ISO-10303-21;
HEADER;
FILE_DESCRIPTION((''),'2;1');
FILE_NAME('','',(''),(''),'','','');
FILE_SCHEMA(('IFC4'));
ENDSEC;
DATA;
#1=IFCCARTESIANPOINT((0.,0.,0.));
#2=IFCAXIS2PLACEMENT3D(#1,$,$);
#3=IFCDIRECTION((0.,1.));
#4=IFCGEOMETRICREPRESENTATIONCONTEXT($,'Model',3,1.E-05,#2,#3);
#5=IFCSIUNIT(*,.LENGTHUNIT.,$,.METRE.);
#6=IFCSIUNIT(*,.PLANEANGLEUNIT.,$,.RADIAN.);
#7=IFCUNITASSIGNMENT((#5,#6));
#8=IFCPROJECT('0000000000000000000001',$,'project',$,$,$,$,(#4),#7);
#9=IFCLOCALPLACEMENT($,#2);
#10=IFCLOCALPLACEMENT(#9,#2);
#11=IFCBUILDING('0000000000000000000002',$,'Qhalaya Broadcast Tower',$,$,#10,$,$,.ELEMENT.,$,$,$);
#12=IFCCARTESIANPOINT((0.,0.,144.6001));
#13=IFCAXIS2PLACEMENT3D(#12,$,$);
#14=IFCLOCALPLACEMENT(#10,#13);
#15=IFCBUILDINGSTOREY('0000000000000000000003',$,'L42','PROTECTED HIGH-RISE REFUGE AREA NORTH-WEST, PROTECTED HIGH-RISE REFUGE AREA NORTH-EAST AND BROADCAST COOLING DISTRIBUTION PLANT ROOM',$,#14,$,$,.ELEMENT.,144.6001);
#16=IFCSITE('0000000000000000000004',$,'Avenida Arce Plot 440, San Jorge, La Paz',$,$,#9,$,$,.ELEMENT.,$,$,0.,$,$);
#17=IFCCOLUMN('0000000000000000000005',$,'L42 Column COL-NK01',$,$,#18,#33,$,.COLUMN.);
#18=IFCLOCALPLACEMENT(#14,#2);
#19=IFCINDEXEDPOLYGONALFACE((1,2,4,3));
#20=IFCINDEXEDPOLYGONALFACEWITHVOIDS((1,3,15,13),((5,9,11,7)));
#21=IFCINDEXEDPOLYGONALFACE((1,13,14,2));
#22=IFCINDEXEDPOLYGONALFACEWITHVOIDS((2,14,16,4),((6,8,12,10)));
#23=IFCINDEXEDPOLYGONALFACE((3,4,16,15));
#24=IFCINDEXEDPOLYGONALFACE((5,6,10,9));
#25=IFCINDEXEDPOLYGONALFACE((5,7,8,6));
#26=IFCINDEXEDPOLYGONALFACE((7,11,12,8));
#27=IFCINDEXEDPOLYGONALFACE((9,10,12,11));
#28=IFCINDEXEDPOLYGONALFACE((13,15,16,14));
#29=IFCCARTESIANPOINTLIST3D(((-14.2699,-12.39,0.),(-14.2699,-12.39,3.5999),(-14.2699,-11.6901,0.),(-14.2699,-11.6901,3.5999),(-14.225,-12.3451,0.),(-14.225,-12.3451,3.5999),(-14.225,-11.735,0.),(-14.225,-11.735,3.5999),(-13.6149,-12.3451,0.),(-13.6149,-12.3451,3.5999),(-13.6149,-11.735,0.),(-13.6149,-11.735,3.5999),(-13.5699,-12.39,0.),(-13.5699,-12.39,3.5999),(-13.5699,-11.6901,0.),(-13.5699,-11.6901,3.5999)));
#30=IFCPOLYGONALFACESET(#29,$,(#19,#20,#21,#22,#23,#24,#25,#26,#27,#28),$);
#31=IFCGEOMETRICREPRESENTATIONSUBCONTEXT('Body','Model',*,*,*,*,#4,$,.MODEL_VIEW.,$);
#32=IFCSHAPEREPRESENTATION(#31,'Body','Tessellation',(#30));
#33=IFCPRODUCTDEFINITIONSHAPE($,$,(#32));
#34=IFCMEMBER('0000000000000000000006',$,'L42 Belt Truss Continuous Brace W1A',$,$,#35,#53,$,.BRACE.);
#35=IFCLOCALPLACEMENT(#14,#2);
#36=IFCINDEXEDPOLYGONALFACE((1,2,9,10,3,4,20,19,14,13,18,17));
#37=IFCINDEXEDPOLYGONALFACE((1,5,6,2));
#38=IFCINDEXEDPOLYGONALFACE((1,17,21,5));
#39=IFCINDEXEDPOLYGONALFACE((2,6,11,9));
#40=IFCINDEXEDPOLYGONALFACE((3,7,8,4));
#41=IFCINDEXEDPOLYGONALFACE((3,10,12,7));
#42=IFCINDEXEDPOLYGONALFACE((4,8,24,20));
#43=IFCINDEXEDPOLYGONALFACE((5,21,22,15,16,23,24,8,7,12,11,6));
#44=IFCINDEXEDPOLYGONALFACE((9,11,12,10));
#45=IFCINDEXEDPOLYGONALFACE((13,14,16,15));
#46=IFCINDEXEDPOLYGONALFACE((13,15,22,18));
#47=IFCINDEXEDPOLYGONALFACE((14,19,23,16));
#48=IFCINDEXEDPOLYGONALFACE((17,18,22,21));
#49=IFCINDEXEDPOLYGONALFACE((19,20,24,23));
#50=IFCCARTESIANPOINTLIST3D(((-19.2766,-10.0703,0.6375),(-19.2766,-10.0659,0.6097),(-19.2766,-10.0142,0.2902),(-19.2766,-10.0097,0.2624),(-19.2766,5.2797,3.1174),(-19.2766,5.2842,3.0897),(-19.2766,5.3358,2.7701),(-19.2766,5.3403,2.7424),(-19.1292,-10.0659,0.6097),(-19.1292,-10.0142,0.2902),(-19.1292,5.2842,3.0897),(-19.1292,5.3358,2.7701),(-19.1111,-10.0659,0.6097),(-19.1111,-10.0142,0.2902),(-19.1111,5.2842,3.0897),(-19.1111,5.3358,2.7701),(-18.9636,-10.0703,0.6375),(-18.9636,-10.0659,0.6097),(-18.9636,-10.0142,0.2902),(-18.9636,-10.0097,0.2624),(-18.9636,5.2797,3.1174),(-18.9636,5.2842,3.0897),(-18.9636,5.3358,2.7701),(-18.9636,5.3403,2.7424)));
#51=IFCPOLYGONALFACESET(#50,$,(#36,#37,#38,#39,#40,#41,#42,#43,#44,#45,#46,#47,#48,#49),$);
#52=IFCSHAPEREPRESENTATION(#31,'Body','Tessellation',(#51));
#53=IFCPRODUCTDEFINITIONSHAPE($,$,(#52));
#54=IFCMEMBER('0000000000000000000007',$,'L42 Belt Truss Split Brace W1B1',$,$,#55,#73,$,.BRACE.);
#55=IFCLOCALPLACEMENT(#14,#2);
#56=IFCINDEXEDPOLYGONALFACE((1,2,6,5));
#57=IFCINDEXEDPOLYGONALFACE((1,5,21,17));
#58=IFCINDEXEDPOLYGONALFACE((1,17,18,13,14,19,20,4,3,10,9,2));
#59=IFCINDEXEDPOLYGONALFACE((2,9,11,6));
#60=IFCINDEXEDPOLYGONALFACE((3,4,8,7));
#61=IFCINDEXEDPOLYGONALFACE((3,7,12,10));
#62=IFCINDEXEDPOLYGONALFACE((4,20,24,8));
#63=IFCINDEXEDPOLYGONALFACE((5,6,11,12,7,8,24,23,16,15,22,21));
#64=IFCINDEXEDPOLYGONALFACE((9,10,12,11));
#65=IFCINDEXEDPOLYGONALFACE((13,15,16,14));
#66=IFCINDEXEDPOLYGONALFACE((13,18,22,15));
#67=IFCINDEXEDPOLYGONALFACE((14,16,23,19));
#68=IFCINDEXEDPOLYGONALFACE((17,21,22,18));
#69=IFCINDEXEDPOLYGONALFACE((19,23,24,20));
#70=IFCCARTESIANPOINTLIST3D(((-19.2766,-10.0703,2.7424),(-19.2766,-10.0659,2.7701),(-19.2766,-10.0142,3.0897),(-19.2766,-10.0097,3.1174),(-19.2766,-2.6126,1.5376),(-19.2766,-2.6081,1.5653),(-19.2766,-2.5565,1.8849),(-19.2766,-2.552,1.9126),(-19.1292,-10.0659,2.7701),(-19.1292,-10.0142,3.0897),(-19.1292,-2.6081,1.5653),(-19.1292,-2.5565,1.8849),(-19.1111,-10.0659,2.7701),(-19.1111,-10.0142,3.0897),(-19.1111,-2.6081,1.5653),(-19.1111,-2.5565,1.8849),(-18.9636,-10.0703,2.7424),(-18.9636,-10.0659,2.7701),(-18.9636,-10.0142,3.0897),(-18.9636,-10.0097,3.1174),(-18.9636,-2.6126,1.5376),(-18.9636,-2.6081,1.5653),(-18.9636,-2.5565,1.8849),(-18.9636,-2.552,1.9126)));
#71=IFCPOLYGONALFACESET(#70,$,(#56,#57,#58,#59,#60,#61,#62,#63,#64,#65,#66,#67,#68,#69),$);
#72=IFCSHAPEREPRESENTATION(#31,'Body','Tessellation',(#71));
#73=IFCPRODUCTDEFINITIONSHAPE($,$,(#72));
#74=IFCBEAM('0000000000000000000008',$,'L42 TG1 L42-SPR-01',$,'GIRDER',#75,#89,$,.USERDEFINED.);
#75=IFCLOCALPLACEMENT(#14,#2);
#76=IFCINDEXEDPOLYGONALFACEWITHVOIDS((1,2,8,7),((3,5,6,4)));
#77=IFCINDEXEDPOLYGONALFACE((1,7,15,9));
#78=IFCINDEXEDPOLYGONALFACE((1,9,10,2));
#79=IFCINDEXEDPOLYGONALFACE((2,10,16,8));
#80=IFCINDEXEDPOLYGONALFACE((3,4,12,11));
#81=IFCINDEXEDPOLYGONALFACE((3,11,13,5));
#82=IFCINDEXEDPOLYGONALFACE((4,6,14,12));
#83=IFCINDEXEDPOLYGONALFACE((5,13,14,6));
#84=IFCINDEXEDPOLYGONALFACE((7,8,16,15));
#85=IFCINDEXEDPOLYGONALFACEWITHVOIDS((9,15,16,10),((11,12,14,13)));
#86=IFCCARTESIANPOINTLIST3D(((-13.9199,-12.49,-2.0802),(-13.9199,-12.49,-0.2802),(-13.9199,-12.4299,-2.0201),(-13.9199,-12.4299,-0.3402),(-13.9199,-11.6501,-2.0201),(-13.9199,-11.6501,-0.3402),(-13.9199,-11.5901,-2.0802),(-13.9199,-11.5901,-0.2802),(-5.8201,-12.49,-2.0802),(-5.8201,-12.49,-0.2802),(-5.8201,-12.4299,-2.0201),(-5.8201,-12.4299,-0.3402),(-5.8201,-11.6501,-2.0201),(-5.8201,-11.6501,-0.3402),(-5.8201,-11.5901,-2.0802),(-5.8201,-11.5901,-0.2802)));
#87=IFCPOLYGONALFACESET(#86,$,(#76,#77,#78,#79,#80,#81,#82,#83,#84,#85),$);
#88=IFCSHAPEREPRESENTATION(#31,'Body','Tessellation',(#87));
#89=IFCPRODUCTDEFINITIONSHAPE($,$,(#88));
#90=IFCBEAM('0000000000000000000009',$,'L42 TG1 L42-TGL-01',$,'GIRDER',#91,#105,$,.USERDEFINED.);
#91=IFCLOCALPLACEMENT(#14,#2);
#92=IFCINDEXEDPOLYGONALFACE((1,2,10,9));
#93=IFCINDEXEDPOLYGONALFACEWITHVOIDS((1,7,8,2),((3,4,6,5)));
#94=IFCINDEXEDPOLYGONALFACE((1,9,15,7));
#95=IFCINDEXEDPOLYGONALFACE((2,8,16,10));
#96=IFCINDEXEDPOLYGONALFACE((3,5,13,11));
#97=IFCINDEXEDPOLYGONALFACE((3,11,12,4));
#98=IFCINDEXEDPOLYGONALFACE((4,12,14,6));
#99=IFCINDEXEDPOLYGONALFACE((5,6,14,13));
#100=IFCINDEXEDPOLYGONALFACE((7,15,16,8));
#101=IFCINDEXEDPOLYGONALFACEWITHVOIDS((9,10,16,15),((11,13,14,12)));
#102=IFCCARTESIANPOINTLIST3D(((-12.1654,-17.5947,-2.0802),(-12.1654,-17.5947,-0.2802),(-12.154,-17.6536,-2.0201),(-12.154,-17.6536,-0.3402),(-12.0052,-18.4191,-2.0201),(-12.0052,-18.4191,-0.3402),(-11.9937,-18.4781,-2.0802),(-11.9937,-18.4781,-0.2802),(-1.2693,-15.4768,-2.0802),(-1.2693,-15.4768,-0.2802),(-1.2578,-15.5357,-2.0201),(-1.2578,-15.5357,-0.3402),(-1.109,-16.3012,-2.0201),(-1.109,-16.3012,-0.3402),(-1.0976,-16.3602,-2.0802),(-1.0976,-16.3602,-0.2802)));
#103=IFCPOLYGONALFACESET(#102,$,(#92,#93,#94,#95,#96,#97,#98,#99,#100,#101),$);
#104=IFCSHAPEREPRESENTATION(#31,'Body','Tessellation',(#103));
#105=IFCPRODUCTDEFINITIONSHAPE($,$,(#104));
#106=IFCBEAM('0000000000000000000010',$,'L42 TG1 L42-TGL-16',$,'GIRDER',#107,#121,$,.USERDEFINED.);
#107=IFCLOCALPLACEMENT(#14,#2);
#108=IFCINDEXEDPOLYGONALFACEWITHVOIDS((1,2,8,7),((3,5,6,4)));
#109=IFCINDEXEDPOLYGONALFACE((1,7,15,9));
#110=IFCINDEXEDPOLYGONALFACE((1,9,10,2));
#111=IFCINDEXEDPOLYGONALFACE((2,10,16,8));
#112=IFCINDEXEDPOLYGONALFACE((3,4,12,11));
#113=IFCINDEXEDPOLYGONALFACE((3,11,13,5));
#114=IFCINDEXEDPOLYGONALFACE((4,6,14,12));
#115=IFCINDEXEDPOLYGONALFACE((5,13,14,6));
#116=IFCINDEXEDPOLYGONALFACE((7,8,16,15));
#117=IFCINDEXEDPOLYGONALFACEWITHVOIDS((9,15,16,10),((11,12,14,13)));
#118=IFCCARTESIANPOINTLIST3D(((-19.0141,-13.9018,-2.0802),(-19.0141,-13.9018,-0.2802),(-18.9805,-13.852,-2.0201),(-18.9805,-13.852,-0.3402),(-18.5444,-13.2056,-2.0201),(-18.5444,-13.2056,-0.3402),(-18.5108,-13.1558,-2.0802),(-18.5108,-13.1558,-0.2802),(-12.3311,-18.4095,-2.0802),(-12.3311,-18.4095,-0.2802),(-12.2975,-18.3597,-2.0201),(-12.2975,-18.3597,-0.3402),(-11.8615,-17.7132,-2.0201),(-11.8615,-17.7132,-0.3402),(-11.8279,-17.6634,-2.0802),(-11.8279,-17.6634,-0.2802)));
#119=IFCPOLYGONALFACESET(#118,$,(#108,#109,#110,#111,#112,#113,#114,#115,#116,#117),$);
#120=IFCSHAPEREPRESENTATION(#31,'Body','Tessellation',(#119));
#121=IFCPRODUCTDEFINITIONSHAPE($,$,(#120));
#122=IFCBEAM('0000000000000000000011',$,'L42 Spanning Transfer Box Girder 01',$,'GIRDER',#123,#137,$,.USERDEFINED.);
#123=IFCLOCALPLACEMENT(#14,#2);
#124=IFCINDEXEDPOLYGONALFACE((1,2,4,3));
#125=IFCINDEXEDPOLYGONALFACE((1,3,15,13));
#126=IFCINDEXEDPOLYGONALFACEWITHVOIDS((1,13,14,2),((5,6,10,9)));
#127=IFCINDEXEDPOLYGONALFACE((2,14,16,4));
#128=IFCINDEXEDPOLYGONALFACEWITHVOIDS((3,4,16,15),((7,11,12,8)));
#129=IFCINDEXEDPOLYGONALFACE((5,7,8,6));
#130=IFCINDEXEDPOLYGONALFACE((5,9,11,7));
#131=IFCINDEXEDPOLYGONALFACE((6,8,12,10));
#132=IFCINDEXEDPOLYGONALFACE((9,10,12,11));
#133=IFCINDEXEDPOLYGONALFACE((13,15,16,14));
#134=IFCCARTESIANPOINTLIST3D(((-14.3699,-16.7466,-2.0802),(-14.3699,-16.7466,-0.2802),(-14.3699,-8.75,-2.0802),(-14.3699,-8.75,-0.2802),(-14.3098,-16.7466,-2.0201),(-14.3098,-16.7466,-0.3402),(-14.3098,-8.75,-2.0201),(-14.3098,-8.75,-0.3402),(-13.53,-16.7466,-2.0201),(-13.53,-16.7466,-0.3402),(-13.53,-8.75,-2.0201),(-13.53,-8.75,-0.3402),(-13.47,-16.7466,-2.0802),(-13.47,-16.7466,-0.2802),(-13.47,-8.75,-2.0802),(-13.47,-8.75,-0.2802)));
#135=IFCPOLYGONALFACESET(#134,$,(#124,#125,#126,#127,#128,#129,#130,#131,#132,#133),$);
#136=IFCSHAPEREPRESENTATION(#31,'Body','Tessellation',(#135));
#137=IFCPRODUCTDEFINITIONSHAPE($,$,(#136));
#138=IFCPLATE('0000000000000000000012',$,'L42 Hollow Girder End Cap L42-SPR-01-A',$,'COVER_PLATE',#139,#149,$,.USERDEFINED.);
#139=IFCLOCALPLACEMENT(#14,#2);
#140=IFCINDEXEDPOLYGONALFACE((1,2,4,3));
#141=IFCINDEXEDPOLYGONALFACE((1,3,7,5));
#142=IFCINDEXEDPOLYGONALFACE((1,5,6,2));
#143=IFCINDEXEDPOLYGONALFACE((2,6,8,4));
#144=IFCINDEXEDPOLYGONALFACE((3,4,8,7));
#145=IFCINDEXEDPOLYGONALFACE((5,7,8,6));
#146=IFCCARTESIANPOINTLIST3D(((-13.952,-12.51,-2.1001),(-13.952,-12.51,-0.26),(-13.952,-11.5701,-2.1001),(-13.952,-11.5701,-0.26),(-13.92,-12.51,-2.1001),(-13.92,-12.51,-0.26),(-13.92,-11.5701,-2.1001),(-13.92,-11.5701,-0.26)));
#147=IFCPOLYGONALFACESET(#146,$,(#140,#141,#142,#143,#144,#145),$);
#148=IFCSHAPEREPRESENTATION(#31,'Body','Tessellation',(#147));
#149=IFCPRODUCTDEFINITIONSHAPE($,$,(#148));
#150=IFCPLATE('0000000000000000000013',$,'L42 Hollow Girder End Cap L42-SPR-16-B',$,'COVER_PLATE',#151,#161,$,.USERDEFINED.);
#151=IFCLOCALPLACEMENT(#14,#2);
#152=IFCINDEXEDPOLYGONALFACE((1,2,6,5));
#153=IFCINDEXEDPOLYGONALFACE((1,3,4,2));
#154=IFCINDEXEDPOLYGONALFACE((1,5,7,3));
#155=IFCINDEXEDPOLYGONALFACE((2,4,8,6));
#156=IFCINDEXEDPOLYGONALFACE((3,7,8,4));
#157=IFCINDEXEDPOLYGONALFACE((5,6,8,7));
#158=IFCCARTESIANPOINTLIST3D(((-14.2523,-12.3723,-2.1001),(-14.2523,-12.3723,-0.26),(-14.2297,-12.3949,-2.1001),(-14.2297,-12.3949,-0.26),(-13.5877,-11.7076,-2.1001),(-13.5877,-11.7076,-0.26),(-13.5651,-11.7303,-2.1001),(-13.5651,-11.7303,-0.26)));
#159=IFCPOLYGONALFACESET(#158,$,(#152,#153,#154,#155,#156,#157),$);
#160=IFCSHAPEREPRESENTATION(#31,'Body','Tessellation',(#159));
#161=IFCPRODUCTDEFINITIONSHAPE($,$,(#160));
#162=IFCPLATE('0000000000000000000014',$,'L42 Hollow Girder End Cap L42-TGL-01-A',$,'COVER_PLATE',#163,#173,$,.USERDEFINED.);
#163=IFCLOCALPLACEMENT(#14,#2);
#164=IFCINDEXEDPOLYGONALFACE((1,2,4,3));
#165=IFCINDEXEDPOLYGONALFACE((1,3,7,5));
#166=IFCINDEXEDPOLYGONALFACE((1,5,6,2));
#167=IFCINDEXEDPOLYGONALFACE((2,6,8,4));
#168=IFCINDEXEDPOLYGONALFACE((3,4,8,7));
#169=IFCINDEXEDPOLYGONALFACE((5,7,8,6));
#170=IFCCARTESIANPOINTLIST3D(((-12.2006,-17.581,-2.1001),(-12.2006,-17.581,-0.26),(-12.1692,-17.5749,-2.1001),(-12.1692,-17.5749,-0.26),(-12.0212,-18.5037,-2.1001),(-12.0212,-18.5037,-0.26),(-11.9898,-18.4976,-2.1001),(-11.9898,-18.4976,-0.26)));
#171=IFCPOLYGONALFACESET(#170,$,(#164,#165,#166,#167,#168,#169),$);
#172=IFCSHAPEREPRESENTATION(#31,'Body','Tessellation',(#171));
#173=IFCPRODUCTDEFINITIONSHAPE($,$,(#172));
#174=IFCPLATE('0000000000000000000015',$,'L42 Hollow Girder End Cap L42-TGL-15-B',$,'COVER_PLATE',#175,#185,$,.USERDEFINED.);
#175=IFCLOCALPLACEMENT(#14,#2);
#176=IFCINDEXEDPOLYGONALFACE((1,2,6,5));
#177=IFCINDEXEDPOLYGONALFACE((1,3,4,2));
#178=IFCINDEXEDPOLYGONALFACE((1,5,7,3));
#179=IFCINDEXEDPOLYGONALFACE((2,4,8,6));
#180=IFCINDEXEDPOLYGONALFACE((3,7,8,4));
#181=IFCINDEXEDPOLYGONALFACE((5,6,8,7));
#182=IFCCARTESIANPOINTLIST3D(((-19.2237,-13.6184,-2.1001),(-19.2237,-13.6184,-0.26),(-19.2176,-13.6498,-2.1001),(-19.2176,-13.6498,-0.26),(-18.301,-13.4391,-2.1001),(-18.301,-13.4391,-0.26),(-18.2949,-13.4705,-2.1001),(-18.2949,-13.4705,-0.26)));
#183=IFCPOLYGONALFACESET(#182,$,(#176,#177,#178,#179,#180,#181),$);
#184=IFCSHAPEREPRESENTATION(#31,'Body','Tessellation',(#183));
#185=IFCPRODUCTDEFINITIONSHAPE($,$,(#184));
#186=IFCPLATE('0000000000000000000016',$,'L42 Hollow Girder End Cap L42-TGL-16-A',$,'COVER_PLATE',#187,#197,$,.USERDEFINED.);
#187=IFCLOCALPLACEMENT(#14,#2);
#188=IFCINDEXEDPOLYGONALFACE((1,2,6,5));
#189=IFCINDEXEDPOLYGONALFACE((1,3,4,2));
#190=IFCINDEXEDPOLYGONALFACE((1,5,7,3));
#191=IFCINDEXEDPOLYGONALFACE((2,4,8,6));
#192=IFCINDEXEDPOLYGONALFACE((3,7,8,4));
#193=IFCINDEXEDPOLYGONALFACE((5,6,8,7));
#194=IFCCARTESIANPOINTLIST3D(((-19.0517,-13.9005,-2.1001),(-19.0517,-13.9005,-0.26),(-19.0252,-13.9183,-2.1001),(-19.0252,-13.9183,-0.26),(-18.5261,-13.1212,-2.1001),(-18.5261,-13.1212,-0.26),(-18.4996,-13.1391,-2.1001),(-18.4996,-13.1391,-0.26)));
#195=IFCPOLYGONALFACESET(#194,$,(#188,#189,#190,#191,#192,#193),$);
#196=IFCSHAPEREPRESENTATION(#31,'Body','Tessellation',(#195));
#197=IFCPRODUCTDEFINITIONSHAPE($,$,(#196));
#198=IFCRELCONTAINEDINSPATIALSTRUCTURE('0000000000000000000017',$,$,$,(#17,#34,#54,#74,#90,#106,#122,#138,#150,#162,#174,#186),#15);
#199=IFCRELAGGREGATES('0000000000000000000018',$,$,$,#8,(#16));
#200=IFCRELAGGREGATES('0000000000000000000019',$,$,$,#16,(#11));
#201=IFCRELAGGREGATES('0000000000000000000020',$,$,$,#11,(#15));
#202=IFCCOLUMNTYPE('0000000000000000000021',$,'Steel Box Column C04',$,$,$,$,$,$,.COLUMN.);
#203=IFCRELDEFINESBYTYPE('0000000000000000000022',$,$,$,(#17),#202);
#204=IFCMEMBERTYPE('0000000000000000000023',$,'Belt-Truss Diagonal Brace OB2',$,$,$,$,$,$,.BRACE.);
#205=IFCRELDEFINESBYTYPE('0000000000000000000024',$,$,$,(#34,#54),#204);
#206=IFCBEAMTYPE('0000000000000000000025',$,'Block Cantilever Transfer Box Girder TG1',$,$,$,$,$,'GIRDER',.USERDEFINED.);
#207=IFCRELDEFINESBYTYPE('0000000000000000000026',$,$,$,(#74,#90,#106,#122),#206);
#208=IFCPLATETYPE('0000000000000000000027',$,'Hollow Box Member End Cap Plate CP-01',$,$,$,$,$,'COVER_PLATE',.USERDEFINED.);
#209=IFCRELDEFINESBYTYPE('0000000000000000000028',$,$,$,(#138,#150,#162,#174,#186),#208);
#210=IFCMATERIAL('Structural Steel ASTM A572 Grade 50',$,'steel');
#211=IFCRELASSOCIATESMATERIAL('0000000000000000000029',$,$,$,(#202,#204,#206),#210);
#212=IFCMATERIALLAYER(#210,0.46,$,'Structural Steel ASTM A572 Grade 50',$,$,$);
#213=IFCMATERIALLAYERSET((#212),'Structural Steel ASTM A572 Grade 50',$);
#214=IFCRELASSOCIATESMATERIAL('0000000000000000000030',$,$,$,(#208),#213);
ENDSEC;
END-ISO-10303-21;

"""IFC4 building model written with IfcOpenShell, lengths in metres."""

from ifc_helpers import new_model, si_unit, direction, frame, origin, origin_2d, place, context, subcontext, project, spatial, rectangle, hollow_rectangle, i_section, extrude, material, layer, layer_set, material_profile, profile_set, type_object, element, save


model = new_model("IFC4")

# Units and contexts
model_context = context("Model", 3, precision=1e-05, world=origin(), true_north=direction((0.0, 1.0)))
body_context = subcontext(model_context, "Body", "Model", "MODEL_VIEW")
ifc_project = project(units=[si_unit("LENGTHUNIT", "METRE"), si_unit("PLANEANGLEUNIT", "RADIAN")], contexts=[model_context])

# Site, building, storey
site_placement = place(None, origin())
site = spatial("IfcSite", under=ifc_project, at=site_placement, Name="Avenida Arce Plot 440, San Jorge, La Paz", CompositionType="ELEMENT", RefElevation=0.0)
building_placement = place(site_placement, origin())
building = spatial("IfcBuilding", under=site, at=building_placement, Name="Qhalaya Broadcast Tower", CompositionType="ELEMENT")
storey_placement = place(building_placement, frame((0.0, 0.0, 144.6001)))
storey = spatial("IfcBuildingStorey", under=building, at=storey_placement, Name="L42", Description="PROTECTED HIGH-RISE REFUGE AREA NORTH-WEST, PROTECTED HIGH-RISE REFUGE AREA NORTH-EAST AND BROADCAST COOLING DISTRIBUTION PLANT ROOM", CompositionType="ELEMENT", Elevation=144.6001)

# Column
ifc_material_1 = material(Name="Structural Steel ASTM A572 Grade 50", Category="steel")
ifc_material_profile_1 = material_profile(ifc_material_1, hollow_rectangle(XDim=0.7, YDim=0.7, WallThickness=0.0449, at=origin_2d()), Name="BOX 700x700x45")
ifc_profile_set_1 = profile_set([ifc_material_profile_1], Name="Structural Steel ASTM A572 Grade 50")
column_type = type_object("IfcColumnType", Name="Steel Box Column C04", PredefinedType="COLUMN", material=ifc_profile_set_1)
column_placement = place(storey_placement, frame((-13.9199, -12.04, 0.0), z_axis=(0.0, 0.0, 1.0), x_axis=(1.0, 0.0, 0.0)))
element("IfcColumn", 1, at=column_placement, inside=storey, type_object=column_type, Name="L42 Column COL-NK01", PredefinedType="COLUMN", context=body_context, shape_type="SweptSolid", body=[
    extrude(hollow_rectangle(XDim=0.7, YDim=0.7, WallThickness=0.0449, at=origin_2d()), origin(), (0.0, 0.0, 1.0), 3.5999),
])

# Members
ifc_material_profile_2 = material_profile(ifc_material_1, i_section(OverallWidth=0.313, OverallDepth=0.3799, WebThickness=0.0181, FlangeThickness=0.0281, at=origin_2d()), Name="W12X120")
ifc_profile_set_2 = profile_set([ifc_material_profile_2], Name="Structural Steel ASTM A572 Grade 50")
member_type = type_object("IfcMemberType", Name="Belt-Truss Diagonal Brace OB2", PredefinedType="BRACE", material=ifc_profile_set_2)
member_1_placement = place(storey_placement, frame((-19.1201, -10.04, 0.45), z_axis=(0.0, 0.987199, 0.159493), x_axis=(-1.0, 0.0, 0.0)))
element("IfcMember", 2, at=member_1_placement, inside=storey, type_object=member_type, Name="L42 Belt Truss Continuous Brace W1A", PredefinedType="BRACE", context=body_context, shape_type="SweptSolid", body=[
    extrude(i_section(OverallWidth=0.313, OverallDepth=0.3799, WebThickness=0.0181, FlangeThickness=0.0281, at=origin_2d()), origin(), (0.0, 0.0, 1.0), 15.5491),
])
member_2_placement = place(storey_placement, frame((-19.1201, -10.04, 2.9299), z_axis=(0.0, 0.9872, -0.159486), x_axis=(-1.0, 0.0, 0.0)))
element("IfcMember", 3, at=member_2_placement, inside=storey, type_object=member_type, Name="L42 Belt Truss Split Brace W1B1", PredefinedType="BRACE", context=body_context, shape_type="SweptSolid", body=[
    extrude(i_section(OverallWidth=0.313, OverallDepth=0.3799, WebThickness=0.0181, FlangeThickness=0.0281, at=origin_2d()), origin(), (0.0, 0.0, 1.0), 7.5544),
])

# Beams
ifc_material_profile_3 = material_profile(ifc_material_1, hollow_rectangle(XDim=0.8999, YDim=1.8, WallThickness=0.0601, at=origin_2d()), Name="BOX 900x1800x60")
ifc_profile_set_3 = profile_set([ifc_material_profile_3], Name="Structural Steel ASTM A572 Grade 50")
beam_type = type_object("IfcBeamType", Name="Block Cantilever Transfer Box Girder TG1", ElementType="GIRDER", PredefinedType="USERDEFINED", material=ifc_profile_set_3)
beam_1_placement = place(storey_placement, frame((-13.9199, -12.04, -1.1802), z_axis=(1.0, 0.0, 0.0), x_axis=(0.0, 1.0, 0.0)))
element("IfcBeam", 4, at=beam_1_placement, inside=storey, type_object=beam_type, Name="L42 TG1 L42-SPR-01", ObjectType="GIRDER", PredefinedType="USERDEFINED", context=body_context, shape_type="SweptSolid", body=[
    extrude(hollow_rectangle(XDim=0.8999, YDim=1.8, WallThickness=0.0601, at=origin_2d()), origin(), (0.0, 0.0, 1.0), 8.0999),
])
beam_2_placement = place(storey_placement, frame((-12.0796, -18.0364, -1.1802), z_axis=(0.981629, 0.190801, 0.0), x_axis=(-0.190801, 0.981629, 0.0)))
element("IfcBeam", 5, at=beam_2_placement, inside=storey, type_object=beam_type, Name="L42 TG1 L42-TGL-01", ObjectType="GIRDER", PredefinedType="USERDEFINED", context=body_context, shape_type="SweptSolid", body=[
    extrude(hollow_rectangle(XDim=0.8999, YDim=1.8, WallThickness=0.0601, at=origin_2d()), origin(), (0.0, 0.0, 1.0), 11.1001),
])
beam_3_placement = place(storey_placement, frame((-18.7625, -13.5288, -1.1802), z_axis=(0.829042, -0.559186, 0.0), x_axis=(0.559186, 0.829042, 0.0)))
element("IfcBeam", 6, at=beam_3_placement, inside=storey, type_object=beam_type, Name="L42 TG1 L42-TGL-16", ObjectType="GIRDER", PredefinedType="USERDEFINED", context=body_context, shape_type="SweptSolid", body=[
    extrude(hollow_rectangle(XDim=0.8999, YDim=1.8, WallThickness=0.0601, at=origin_2d()), origin(), (0.0, 0.0, 1.0), 8.061),
])
beam_4_placement = place(storey_placement, frame((-13.9199, -16.7466, -1.1802), z_axis=(0.0, 1.0, 0.0), x_axis=(-1.0, 0.0, 0.0)))
element("IfcBeam", 7, at=beam_4_placement, inside=storey, type_object=beam_type, Name="L42 Spanning Transfer Box Girder 01", ObjectType="GIRDER", PredefinedType="USERDEFINED", context=body_context, shape_type="SweptSolid", body=[
    extrude(hollow_rectangle(XDim=0.8999, YDim=1.8, WallThickness=0.0601, at=origin_2d()), origin(), (0.0, 0.0, 1.0), 7.9966),
])

# Plates
ifc_layer_1 = layer(ifc_material_1, 0.46, Name="Structural Steel ASTM A572 Grade 50")
ifc_layer_set_1 = layer_set([ifc_layer_1], Name="Structural Steel ASTM A572 Grade 50")
plate_type_1 = type_object("IfcPlateType", Name="Hollow Box Member End Cap Plate CP-01", ElementType="COVER_PLATE", PredefinedType="USERDEFINED", material=ifc_layer_set_1)
for number, where, z_axis, x_axis, name in (
    (8, (-13.936, -12.04, -2.1001), (0.0, 0.0, 1.0), (0.0, 1.0, 0.0), "L42 Hollow Girder End Cap L42-SPR-01-A"),
    (9, (-13.9087, -12.0513, -2.1001), (0.0, 0.0, 1.0), (0.707107, 0.707107, 0.0), "L42 Hollow Girder End Cap L42-SPR-16-B"),
    (10, (-12.0952, -18.0393, -2.1001), (0.0, 0.0, 1.0), (-0.190809, 0.981627, 0.0), "L42 Hollow Girder End Cap L42-TGL-01-A"),
    (11, (-18.7593, -13.5444, -2.1001), (0.0, 0.0, 1.0), (0.981627, 0.190809, 0.0), "L42 Hollow Girder End Cap L42-TGL-15-B"),
    (12, (-18.7756, -13.5198, -2.1001), (0.0, 0.0, 1.0), (0.559193, 0.829038, 0.0), "L42 Hollow Girder End Cap L42-TGL-16-A"),
):
    element("IfcPlate", number, at=place(storey_placement, frame(where, z_axis=z_axis, x_axis=x_axis)), inside=storey, type_object=plate_type_1, Name=name, ObjectType="COVER_PLATE", PredefinedType="USERDEFINED", context=body_context, shape_type="SweptSolid", body=[
        extrude(rectangle(XDim=0.9399, YDim=0.032, at=origin_2d()), origin(), (0.0, 0.0, 1.0), 1.8401),
    ])

save(model, "model.ifc")
